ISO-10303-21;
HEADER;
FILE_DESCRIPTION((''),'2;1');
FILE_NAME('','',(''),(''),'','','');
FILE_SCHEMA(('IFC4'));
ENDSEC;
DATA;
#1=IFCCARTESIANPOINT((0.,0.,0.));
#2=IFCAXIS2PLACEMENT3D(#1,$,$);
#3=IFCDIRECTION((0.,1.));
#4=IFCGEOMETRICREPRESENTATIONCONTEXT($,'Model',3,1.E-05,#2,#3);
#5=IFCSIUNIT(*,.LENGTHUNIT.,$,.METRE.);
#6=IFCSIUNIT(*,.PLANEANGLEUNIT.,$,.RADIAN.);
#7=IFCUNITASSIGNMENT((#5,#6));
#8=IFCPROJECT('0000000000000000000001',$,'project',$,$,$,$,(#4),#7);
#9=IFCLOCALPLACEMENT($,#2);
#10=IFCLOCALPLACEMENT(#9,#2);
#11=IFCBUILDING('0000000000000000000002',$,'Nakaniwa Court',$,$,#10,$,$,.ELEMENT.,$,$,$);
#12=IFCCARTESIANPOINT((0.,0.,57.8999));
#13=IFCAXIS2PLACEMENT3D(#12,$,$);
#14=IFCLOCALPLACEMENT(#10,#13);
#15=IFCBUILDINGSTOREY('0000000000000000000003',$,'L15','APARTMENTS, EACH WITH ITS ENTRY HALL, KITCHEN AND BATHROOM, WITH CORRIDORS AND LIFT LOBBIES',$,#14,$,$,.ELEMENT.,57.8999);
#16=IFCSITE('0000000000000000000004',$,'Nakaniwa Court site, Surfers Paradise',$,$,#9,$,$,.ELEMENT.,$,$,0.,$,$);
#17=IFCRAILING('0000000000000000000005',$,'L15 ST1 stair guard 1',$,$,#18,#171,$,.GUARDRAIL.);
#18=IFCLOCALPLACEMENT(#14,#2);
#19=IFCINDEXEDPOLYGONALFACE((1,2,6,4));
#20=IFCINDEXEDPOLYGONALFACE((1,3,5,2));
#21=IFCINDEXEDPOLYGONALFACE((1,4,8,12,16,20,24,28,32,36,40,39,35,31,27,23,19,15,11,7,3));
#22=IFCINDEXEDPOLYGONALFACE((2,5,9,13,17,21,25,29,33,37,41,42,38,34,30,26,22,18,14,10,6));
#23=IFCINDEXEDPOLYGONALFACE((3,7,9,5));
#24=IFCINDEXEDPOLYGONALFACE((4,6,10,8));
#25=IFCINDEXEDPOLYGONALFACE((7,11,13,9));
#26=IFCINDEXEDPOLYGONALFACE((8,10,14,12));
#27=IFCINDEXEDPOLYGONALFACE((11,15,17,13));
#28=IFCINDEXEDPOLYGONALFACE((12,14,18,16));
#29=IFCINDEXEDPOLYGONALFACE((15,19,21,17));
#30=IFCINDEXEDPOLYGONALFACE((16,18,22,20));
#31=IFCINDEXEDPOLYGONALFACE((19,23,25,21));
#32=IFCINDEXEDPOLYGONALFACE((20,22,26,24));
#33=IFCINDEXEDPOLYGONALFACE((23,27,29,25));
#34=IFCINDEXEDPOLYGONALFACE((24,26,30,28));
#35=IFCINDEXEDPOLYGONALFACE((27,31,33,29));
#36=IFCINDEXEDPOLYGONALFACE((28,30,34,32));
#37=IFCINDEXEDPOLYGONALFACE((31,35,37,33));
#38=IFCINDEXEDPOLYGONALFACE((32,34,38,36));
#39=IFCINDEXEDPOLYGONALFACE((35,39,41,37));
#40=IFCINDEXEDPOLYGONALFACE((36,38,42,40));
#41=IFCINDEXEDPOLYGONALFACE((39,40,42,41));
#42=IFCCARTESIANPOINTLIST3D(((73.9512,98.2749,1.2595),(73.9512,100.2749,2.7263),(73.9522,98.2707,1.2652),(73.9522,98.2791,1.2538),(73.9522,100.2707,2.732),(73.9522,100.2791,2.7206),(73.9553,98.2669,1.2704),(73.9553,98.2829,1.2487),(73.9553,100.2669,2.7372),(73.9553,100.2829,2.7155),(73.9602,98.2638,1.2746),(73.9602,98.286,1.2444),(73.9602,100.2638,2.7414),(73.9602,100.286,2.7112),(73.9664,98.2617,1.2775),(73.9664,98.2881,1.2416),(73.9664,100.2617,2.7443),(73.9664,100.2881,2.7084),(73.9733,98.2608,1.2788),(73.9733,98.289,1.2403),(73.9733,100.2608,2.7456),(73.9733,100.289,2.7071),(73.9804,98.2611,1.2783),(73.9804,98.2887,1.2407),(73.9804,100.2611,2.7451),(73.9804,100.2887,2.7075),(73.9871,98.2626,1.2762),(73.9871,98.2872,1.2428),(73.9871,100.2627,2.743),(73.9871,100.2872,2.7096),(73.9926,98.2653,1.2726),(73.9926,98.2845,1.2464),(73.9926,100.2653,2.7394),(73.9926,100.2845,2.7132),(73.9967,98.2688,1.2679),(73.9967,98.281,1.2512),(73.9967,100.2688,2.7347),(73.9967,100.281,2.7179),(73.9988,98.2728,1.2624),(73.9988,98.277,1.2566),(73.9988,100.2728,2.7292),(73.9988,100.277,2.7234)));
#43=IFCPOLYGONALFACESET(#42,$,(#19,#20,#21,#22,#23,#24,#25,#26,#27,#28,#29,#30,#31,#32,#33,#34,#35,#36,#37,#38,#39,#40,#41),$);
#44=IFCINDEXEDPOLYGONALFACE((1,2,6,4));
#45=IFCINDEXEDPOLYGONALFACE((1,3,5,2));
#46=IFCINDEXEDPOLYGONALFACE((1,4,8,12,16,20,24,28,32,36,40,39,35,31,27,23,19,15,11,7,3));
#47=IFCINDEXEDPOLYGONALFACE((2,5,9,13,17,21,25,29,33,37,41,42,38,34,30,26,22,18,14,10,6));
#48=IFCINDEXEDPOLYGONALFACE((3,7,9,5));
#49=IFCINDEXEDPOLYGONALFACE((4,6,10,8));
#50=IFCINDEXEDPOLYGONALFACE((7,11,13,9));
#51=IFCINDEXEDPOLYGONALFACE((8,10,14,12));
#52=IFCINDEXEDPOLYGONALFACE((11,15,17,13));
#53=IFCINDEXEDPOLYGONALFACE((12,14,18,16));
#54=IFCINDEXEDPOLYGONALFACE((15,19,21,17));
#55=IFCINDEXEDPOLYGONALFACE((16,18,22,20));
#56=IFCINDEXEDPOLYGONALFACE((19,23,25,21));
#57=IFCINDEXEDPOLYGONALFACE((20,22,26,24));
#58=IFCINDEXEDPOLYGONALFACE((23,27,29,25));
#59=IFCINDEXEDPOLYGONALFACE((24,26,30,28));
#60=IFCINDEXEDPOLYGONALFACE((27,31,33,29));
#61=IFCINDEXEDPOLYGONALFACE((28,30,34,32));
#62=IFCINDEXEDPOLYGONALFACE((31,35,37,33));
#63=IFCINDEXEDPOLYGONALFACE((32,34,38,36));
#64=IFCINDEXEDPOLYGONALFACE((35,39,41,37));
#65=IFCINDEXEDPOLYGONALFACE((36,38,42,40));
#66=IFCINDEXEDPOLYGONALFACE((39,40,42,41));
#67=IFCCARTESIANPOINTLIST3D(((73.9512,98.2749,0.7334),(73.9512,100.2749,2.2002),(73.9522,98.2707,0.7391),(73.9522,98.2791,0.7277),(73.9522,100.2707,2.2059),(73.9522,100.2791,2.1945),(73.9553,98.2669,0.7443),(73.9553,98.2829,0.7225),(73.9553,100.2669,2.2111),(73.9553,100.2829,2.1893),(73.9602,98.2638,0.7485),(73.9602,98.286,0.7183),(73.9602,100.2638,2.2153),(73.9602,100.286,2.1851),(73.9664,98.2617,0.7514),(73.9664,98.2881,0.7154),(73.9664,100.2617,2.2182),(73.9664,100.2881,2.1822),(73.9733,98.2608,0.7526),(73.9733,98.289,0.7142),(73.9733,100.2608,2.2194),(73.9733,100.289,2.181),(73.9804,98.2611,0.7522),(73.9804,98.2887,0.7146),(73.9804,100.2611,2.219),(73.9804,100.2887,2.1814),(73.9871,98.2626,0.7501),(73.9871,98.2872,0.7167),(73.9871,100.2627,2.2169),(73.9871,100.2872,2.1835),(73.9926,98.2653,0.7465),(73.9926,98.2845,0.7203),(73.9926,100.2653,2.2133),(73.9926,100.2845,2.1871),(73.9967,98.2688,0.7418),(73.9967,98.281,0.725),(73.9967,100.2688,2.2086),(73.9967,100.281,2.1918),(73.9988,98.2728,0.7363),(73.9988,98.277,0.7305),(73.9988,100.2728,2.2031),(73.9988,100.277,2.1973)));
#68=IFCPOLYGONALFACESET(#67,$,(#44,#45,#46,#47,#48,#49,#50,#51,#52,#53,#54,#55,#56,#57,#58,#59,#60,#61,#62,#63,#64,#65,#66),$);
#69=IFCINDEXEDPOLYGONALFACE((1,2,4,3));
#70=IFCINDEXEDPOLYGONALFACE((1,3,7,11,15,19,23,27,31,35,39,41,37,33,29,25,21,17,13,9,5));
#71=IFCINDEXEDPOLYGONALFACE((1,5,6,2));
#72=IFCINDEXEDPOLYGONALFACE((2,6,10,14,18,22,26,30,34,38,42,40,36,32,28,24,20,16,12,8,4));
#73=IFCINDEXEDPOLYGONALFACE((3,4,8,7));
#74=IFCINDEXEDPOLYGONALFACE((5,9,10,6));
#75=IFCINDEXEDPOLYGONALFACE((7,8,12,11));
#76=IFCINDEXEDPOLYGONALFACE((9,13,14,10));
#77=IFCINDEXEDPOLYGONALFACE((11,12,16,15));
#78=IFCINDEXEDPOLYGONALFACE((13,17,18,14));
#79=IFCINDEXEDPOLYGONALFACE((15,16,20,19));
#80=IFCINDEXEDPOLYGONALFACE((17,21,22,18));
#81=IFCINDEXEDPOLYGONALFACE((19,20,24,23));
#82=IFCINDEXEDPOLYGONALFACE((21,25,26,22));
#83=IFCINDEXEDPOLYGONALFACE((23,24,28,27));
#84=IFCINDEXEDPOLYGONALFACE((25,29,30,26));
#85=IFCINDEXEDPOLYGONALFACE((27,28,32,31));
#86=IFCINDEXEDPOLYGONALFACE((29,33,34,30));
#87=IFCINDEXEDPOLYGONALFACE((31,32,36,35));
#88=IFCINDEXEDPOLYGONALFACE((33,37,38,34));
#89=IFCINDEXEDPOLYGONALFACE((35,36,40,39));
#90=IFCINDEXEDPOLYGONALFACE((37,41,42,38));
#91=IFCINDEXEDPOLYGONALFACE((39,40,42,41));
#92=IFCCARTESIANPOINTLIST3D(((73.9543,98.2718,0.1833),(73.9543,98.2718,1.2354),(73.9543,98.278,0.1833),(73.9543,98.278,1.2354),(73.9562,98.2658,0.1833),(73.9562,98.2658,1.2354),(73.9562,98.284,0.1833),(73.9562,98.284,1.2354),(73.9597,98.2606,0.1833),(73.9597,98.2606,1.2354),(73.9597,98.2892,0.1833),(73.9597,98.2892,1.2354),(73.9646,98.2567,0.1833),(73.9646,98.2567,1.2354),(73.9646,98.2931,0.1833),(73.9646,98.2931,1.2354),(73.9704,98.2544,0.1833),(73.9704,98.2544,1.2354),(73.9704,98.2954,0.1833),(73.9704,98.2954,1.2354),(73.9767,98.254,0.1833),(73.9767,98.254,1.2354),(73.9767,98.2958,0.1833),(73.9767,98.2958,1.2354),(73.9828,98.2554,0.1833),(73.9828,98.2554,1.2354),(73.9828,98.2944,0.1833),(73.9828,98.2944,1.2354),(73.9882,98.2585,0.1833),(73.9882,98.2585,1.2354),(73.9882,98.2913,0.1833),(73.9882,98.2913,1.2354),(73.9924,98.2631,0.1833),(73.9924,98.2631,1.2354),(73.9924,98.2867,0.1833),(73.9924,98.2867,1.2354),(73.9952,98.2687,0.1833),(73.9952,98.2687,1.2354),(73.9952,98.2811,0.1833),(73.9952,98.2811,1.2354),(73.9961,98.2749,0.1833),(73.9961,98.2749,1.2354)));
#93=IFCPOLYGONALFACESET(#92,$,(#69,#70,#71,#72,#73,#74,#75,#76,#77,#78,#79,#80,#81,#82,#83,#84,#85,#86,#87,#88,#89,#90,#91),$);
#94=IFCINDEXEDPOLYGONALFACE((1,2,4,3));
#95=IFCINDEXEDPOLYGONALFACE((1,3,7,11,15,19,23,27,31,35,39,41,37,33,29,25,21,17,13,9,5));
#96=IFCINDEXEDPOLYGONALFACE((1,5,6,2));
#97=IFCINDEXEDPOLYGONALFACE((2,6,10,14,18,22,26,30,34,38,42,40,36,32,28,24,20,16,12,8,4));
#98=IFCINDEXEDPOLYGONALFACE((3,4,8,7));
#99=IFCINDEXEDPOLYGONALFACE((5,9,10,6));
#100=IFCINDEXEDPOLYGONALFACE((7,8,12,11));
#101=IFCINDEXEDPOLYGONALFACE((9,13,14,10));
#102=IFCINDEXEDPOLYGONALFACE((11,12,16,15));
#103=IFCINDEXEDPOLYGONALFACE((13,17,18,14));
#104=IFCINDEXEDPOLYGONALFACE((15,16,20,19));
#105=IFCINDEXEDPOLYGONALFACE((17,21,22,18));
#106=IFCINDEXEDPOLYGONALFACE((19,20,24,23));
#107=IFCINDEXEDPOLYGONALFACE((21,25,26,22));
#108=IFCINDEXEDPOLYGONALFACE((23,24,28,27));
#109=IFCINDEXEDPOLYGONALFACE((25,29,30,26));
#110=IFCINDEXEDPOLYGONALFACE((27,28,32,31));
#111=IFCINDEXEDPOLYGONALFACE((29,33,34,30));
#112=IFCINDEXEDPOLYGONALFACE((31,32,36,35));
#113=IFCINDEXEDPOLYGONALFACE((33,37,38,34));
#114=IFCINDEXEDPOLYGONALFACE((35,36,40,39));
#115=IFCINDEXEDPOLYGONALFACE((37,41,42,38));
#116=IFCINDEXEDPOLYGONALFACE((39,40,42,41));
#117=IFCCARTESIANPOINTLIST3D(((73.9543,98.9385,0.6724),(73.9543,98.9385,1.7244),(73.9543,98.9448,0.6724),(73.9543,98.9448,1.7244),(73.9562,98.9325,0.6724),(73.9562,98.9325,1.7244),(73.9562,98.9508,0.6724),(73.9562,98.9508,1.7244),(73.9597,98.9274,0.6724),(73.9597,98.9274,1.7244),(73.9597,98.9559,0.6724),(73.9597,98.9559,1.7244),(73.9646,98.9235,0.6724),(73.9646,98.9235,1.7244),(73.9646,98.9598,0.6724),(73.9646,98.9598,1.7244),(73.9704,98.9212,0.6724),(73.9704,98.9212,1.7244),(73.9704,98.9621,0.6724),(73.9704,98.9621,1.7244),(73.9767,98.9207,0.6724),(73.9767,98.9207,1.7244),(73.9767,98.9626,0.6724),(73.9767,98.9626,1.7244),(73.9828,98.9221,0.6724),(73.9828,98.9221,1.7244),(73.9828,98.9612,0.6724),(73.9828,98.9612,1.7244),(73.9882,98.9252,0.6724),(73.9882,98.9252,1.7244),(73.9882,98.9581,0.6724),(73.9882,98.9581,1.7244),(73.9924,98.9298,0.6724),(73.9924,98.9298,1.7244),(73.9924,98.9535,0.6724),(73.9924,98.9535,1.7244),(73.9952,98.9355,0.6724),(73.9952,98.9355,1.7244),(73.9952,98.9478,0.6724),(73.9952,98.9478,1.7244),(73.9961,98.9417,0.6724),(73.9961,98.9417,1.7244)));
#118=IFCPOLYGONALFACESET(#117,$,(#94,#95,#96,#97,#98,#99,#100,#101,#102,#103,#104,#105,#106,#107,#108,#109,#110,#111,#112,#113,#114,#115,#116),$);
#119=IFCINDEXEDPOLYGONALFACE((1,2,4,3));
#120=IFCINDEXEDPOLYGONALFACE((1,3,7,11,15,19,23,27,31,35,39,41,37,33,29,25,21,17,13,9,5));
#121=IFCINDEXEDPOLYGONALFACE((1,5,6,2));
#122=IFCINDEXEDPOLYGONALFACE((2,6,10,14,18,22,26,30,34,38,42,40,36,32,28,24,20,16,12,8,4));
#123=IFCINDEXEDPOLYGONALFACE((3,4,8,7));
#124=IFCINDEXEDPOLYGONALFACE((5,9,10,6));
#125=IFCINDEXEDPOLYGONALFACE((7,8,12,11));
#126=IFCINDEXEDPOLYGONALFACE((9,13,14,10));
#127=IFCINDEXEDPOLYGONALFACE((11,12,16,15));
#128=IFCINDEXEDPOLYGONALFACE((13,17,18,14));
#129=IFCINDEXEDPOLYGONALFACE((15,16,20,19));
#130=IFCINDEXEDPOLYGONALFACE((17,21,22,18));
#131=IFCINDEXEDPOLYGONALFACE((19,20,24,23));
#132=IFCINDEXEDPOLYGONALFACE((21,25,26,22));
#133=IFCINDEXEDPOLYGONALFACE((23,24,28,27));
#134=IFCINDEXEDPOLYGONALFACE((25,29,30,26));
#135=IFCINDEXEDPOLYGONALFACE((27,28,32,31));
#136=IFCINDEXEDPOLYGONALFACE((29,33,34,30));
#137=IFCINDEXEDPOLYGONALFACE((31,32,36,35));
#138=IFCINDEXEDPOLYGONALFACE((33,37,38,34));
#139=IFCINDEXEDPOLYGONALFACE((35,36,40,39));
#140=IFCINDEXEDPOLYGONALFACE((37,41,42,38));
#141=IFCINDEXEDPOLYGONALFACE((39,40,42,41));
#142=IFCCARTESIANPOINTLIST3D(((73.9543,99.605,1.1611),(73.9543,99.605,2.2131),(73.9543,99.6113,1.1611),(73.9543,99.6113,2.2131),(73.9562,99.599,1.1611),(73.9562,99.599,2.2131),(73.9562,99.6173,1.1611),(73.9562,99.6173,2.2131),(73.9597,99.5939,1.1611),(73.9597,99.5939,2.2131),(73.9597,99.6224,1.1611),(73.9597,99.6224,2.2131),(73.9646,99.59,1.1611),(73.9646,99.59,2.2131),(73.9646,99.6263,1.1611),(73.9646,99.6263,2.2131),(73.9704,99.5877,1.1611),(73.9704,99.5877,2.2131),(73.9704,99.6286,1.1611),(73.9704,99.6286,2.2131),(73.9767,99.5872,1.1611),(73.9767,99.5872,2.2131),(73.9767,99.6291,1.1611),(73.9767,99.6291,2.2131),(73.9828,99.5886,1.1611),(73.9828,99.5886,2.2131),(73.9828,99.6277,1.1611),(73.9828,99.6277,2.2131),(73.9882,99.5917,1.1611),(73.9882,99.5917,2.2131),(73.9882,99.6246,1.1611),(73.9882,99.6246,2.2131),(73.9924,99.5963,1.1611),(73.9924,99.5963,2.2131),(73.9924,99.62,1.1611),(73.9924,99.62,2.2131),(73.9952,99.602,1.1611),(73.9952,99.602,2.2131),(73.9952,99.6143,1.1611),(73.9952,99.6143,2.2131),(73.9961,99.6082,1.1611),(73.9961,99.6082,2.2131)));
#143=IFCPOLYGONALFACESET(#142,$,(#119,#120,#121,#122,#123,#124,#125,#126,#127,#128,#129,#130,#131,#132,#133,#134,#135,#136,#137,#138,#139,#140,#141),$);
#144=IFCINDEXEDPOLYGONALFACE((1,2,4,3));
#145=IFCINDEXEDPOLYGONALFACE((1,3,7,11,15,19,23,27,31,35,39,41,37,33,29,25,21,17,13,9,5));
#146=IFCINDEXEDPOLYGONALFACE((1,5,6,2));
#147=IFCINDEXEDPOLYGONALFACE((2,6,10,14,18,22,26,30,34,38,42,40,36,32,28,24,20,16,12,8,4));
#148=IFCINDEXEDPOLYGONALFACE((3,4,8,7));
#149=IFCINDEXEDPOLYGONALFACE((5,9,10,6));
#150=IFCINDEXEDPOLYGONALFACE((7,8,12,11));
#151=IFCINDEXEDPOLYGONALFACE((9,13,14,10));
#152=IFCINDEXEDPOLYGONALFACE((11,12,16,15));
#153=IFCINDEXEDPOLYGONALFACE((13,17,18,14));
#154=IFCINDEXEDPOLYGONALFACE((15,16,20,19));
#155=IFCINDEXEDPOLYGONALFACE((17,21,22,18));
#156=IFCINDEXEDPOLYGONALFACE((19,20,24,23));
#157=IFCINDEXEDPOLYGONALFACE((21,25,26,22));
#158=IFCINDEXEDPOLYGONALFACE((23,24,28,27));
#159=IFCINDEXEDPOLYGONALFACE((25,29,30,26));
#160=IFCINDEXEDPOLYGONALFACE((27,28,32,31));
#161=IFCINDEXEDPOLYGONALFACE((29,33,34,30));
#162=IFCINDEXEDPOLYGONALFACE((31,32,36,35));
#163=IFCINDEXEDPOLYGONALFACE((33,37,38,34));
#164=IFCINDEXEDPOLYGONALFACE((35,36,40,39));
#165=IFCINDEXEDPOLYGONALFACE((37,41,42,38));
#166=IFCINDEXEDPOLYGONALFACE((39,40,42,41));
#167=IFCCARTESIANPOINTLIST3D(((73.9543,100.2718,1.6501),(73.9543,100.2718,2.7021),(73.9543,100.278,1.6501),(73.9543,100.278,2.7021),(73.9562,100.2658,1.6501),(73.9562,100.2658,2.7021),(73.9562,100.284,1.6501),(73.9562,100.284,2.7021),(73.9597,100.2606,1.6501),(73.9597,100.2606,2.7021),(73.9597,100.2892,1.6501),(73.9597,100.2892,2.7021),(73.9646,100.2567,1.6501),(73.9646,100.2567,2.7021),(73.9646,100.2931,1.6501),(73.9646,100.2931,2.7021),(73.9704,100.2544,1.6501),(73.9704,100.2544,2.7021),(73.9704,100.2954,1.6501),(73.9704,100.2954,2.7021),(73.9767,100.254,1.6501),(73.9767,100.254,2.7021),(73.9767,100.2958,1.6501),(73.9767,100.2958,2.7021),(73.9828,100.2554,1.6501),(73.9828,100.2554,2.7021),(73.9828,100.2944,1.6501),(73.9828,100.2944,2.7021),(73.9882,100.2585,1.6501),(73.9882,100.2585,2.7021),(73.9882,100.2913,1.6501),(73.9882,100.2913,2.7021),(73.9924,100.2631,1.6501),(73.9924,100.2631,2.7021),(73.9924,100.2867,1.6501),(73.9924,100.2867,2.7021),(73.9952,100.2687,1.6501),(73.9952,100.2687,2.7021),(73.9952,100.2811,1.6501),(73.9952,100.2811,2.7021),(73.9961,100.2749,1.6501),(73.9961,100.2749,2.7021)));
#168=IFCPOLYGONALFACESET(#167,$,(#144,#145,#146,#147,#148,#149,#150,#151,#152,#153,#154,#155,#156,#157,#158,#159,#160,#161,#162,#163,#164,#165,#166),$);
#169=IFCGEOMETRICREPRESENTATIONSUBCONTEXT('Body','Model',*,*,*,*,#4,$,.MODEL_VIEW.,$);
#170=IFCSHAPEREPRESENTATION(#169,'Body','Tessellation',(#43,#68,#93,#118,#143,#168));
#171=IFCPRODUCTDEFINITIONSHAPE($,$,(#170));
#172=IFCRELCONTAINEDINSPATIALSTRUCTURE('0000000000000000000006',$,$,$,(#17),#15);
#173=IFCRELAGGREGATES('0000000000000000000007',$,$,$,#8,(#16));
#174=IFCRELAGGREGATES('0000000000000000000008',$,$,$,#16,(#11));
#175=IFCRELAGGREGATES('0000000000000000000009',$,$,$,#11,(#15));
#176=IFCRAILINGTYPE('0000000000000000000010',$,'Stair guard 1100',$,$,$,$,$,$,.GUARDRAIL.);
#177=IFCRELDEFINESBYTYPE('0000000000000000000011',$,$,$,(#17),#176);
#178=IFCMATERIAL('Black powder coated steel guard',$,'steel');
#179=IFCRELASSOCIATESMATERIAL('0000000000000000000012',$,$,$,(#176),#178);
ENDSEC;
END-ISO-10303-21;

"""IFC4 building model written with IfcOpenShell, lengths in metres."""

from ifc_helpers import new_model, si_unit, direction, frame, origin, origin_2d, place, context, subcontext, project, spatial, circle, extrude, material, type_object, element, save


model = new_model("IFC4")

# Units and contexts
model_context = context("Model", 3, precision=1e-05, world=origin(), true_north=direction((0.0, 1.0)))
body_context = subcontext(model_context, "Body", "Model", "MODEL_VIEW")
ifc_project = project(units=[si_unit("LENGTHUNIT", "METRE"), si_unit("PLANEANGLEUNIT", "RADIAN")], contexts=[model_context])

# Site, building, storey
site_placement = place(None, origin())
site = spatial("IfcSite", under=ifc_project, at=site_placement, Name="Nakaniwa Court site, Surfers Paradise", CompositionType="ELEMENT", RefElevation=0.0)
building_placement = place(site_placement, origin())
building = spatial("IfcBuilding", under=site, at=building_placement, Name="Nakaniwa Court", CompositionType="ELEMENT")
storey_placement = place(building_placement, frame((0.0, 0.0, 57.8999)))
storey = spatial("IfcBuildingStorey", under=building, at=storey_placement, Name="L15", Description="APARTMENTS, EACH WITH ITS ENTRY HALL, KITCHEN AND BATHROOM, WITH CORRIDORS AND LIFT LOBBIES", CompositionType="ELEMENT", Elevation=57.8999)

# Railing
ifc_material_1 = material(Name="Black powder coated steel guard", Category="steel")
railing_type_1 = type_object("IfcRailingType", Name="Stair guard 1100", PredefinedType="GUARDRAIL", material=ifc_material_1)
railing_1_placement = place(storey_placement, frame((73.9751, 98.2749, 0.1833)))
element("IfcRailing", 1, at=railing_1_placement, inside=storey, type_object=railing_type_1, Name="L15 ST1 stair guard 1", PredefinedType="GUARDRAIL", context=body_context, shape_type="SweptSolid", body=[
    extrude(circle(Radius=0.0239, at=origin_2d()), frame((0.0, 0.0, 1.0762), z_axis=(0.0, 0.80638, 0.591398), x_axis=(-1.0, 0.0, 0.0)), (0.0, 0.0, 1.0), 2.4802),
    extrude(circle(Radius=0.0239, at=origin_2d()), frame((0.0, 0.0, 0.55), z_axis=(0.0, 0.80638, 0.591398), x_axis=(-1.0, 0.0, 0.0)), (0.0, 0.0, 1.0), 2.4802),
    extrude(circle(Radius=0.021, at=origin_2d()), origin(), (0.0, 0.0, 1.0), 1.052),
    extrude(circle(Radius=0.021, at=origin_2d()), frame((0.0, 0.6667, 0.489)), (0.0, 0.0, 1.0), 1.052),
    extrude(circle(Radius=0.021, at=origin_2d()), frame((0.0, 1.3333, 0.9778)), (0.0, 0.0, 1.0), 1.052),
    extrude(circle(Radius=0.021, at=origin_2d()), frame((0.0, 2.0, 1.4668)), (0.0, 0.0, 1.0), 1.052),
])

save(model, "model.ifc")
